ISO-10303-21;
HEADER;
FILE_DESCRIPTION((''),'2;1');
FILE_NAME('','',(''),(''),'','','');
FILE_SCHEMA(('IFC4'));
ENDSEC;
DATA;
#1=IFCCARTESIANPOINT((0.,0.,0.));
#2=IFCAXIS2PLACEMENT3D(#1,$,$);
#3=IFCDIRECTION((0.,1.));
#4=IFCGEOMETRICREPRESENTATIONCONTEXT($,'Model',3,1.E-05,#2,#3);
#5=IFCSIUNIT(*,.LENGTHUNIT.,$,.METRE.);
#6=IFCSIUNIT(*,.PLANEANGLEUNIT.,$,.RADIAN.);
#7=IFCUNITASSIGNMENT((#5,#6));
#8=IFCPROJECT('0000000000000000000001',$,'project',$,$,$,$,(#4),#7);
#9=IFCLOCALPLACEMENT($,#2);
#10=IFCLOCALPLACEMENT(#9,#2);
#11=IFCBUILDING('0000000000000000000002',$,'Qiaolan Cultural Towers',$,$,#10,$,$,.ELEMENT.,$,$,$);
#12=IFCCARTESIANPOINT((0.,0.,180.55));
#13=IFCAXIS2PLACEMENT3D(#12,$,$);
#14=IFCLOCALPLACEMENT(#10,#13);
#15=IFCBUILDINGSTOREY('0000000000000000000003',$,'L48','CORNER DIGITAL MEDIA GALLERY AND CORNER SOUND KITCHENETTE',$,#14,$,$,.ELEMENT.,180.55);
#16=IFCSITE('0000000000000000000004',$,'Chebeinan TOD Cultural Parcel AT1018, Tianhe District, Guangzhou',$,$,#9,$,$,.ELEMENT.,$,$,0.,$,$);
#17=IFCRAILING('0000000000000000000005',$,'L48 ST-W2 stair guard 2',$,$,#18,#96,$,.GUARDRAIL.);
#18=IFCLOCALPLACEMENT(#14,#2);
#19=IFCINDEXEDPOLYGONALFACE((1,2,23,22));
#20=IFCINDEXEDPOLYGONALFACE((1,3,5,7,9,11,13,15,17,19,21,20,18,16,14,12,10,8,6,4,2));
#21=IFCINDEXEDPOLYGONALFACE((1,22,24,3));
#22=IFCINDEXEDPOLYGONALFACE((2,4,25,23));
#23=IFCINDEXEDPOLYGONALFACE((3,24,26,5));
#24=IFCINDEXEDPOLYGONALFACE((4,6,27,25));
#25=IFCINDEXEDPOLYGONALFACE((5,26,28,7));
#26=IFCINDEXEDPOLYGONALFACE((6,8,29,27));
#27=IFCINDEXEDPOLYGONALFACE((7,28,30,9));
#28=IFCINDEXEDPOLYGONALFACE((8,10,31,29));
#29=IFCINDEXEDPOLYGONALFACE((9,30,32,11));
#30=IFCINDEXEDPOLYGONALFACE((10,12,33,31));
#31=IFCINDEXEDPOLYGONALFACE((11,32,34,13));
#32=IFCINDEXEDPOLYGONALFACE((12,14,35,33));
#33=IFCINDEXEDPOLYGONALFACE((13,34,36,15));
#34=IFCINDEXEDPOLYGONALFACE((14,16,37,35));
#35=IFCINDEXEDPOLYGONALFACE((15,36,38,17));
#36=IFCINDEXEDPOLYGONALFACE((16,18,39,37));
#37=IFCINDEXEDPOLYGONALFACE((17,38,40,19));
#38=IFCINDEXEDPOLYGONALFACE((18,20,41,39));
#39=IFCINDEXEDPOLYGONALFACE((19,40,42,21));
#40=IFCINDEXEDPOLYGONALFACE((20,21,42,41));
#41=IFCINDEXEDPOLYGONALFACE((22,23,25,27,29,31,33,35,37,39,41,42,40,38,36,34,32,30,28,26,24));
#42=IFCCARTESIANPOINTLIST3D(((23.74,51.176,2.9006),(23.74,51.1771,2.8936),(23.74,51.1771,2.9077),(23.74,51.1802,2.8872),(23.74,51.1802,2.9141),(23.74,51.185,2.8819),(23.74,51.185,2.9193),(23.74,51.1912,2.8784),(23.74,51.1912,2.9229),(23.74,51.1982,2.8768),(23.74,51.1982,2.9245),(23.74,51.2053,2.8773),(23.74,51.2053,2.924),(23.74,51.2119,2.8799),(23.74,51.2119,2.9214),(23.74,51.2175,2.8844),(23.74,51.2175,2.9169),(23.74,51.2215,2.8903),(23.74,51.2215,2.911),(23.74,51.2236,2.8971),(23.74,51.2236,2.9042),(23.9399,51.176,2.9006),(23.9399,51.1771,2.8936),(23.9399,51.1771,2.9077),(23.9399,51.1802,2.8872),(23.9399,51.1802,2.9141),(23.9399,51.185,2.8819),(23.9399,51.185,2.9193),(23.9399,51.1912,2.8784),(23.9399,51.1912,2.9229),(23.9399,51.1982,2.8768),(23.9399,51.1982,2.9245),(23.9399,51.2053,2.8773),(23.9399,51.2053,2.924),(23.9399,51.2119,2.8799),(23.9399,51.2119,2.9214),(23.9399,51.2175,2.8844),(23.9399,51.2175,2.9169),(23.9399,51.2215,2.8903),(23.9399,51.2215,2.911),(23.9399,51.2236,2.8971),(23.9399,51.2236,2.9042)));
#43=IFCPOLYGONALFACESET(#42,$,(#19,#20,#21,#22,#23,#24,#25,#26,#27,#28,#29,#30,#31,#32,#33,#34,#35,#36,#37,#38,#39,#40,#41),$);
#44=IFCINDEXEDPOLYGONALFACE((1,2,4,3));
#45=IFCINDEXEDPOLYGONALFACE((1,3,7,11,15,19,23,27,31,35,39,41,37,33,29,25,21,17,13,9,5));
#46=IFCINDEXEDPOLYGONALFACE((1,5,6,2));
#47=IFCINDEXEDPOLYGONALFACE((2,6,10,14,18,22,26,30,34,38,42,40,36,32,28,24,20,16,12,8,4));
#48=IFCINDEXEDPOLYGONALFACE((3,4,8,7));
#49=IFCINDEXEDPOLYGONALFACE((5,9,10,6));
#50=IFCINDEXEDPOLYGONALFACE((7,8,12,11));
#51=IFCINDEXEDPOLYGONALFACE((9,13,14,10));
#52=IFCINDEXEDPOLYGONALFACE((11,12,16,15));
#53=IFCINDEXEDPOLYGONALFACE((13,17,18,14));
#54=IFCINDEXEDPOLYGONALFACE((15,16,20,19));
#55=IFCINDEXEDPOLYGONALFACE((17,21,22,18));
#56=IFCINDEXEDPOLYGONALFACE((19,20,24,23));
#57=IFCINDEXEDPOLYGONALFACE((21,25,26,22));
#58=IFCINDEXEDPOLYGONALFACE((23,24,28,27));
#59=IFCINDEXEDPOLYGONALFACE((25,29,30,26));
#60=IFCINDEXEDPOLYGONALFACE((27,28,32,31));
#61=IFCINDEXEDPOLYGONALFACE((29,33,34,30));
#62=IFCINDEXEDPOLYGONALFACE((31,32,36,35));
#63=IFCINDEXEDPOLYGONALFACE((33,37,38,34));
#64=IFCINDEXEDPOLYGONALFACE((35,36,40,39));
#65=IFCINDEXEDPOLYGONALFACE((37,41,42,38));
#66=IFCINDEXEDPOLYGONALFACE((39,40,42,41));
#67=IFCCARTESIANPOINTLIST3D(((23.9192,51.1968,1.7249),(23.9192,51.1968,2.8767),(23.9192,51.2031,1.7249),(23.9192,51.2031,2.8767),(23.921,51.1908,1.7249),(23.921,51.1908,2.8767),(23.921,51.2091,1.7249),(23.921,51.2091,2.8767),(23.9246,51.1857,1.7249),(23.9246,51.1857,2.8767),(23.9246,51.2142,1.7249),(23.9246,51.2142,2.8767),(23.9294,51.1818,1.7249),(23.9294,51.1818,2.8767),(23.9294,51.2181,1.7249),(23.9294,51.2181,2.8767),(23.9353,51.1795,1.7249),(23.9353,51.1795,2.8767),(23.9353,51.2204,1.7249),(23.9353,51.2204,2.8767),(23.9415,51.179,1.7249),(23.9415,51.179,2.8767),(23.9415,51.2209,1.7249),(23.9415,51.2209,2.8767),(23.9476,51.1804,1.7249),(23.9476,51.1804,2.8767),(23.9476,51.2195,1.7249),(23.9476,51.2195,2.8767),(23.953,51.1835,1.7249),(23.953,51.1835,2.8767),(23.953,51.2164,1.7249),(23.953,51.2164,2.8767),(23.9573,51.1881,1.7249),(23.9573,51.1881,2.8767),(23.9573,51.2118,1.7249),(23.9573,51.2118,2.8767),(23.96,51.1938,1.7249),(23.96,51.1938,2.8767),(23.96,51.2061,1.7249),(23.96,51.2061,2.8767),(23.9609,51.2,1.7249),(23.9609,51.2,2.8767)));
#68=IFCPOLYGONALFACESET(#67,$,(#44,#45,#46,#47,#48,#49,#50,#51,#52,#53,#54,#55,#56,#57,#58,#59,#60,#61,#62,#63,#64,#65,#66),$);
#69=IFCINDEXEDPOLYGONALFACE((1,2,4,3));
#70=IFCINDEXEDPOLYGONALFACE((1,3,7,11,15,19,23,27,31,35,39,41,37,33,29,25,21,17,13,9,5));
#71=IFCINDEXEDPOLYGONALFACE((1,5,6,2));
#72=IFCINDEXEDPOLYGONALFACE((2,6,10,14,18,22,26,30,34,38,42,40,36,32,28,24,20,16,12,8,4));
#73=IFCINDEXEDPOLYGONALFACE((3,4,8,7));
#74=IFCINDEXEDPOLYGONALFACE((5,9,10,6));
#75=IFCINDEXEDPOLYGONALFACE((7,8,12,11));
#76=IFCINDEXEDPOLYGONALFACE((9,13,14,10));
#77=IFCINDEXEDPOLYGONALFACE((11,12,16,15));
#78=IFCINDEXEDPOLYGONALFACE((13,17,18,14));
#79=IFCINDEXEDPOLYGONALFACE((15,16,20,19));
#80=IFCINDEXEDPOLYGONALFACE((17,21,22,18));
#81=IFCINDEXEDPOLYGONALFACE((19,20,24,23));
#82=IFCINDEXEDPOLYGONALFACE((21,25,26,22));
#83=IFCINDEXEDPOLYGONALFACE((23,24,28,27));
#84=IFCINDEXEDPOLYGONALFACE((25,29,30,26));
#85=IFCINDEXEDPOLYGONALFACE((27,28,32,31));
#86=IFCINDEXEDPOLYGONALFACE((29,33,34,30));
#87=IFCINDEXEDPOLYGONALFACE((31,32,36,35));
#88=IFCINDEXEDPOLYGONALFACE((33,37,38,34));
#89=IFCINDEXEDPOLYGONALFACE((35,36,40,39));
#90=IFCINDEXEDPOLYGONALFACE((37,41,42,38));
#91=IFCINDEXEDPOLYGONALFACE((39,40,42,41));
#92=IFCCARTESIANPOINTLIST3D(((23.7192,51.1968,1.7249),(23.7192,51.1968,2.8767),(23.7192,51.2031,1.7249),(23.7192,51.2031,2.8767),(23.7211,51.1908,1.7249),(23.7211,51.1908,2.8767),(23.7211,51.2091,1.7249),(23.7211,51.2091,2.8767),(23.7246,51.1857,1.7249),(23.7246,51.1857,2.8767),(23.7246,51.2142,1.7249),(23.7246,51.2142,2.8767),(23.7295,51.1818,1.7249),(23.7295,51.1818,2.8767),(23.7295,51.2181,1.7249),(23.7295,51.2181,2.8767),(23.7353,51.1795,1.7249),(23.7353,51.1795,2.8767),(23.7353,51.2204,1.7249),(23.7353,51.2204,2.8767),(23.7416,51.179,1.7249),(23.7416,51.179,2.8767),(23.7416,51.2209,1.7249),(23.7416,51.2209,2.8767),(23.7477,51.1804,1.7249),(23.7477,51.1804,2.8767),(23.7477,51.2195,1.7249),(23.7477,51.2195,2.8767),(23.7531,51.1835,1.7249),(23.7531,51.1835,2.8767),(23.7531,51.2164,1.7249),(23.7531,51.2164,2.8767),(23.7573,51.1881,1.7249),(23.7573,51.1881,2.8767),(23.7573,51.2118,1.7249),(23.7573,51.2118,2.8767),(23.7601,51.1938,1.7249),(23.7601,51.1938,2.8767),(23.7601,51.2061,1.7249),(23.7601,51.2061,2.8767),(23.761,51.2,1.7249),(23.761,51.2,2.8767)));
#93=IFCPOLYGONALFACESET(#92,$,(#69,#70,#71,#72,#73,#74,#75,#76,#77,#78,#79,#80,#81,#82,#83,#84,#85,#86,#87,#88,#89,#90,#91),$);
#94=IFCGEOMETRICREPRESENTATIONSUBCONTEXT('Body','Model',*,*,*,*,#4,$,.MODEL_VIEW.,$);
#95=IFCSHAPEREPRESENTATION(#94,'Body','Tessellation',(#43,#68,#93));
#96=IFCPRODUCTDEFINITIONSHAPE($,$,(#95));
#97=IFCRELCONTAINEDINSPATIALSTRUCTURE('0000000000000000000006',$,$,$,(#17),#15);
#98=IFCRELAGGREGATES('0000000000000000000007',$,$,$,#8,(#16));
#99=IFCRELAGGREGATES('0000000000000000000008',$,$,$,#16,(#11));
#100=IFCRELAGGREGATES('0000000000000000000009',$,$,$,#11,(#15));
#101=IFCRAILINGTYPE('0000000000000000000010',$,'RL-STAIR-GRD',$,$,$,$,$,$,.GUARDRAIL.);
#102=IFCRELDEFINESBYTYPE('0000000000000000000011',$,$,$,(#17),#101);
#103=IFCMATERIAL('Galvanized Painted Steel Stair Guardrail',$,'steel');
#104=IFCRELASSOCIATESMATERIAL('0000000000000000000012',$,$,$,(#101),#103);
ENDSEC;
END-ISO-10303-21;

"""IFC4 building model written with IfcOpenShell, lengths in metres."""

from ifc_helpers import new_model, si_unit, direction, frame, origin, origin_2d, place, context, subcontext, project, spatial, circle, extrude, material, type_object, element, save


model = new_model("IFC4")

# Units and contexts
model_context = context("Model", 3, precision=1e-05, world=origin(), true_north=direction((0.0, 1.0)))
body_context = subcontext(model_context, "Body", "Model", "MODEL_VIEW")
ifc_project = project(units=[si_unit("LENGTHUNIT", "METRE"), si_unit("PLANEANGLEUNIT", "RADIAN")], contexts=[model_context])

# Site, building, storey
site_placement = place(None, origin())
site = spatial("IfcSite", under=ifc_project, at=site_placement, Name="Chebeinan TOD Cultural Parcel AT1018, Tianhe District, Guangzhou", CompositionType="ELEMENT", RefElevation=0.0)
building_placement = place(site_placement, origin())
building = spatial("IfcBuilding", under=site, at=building_placement, Name="Qiaolan Cultural Towers", CompositionType="ELEMENT")
storey_placement = place(building_placement, frame((0.0, 0.0, 180.55)))
storey = spatial("IfcBuildingStorey", under=building, at=storey_placement, Name="L48", Description="CORNER DIGITAL MEDIA GALLERY AND CORNER SOUND KITCHENETTE", CompositionType="ELEMENT", Elevation=180.55)

# Railing
ifc_material_1 = material(Name="Galvanized Painted Steel Stair Guardrail", Category="steel")
railing_type_1 = type_object("IfcRailingType", Name="RL-STAIR-GRD", PredefinedType="GUARDRAIL", material=ifc_material_1)
railing_1_placement = place(storey_placement, frame((23.9399, 51.2, 1.7249)))
element("IfcRailing", 1, at=railing_1_placement, inside=storey, type_object=railing_type_1, Name="L48 ST-W2 stair guard 2", PredefinedType="GUARDRAIL", context=body_context, shape_type="SweptSolid", body=[
    extrude(circle(Radius=0.0239, at=origin_2d()), frame((0.0, 0.0, 1.1758), z_axis=(-1.0, 0.0, 0.0), x_axis=(0.0, -1.0, 0.0)), (0.0, 0.0, 1.0), 0.2),
    extrude(circle(Radius=0.021, at=origin_2d()), origin(), (0.0, 0.0, 1.0), 1.1519),
    extrude(circle(Radius=0.021, at=origin_2d()), frame((-0.2, 0.0, 0.0)), (0.0, 0.0, 1.0), 1.1519),
])

save(model, "model.ifc")
